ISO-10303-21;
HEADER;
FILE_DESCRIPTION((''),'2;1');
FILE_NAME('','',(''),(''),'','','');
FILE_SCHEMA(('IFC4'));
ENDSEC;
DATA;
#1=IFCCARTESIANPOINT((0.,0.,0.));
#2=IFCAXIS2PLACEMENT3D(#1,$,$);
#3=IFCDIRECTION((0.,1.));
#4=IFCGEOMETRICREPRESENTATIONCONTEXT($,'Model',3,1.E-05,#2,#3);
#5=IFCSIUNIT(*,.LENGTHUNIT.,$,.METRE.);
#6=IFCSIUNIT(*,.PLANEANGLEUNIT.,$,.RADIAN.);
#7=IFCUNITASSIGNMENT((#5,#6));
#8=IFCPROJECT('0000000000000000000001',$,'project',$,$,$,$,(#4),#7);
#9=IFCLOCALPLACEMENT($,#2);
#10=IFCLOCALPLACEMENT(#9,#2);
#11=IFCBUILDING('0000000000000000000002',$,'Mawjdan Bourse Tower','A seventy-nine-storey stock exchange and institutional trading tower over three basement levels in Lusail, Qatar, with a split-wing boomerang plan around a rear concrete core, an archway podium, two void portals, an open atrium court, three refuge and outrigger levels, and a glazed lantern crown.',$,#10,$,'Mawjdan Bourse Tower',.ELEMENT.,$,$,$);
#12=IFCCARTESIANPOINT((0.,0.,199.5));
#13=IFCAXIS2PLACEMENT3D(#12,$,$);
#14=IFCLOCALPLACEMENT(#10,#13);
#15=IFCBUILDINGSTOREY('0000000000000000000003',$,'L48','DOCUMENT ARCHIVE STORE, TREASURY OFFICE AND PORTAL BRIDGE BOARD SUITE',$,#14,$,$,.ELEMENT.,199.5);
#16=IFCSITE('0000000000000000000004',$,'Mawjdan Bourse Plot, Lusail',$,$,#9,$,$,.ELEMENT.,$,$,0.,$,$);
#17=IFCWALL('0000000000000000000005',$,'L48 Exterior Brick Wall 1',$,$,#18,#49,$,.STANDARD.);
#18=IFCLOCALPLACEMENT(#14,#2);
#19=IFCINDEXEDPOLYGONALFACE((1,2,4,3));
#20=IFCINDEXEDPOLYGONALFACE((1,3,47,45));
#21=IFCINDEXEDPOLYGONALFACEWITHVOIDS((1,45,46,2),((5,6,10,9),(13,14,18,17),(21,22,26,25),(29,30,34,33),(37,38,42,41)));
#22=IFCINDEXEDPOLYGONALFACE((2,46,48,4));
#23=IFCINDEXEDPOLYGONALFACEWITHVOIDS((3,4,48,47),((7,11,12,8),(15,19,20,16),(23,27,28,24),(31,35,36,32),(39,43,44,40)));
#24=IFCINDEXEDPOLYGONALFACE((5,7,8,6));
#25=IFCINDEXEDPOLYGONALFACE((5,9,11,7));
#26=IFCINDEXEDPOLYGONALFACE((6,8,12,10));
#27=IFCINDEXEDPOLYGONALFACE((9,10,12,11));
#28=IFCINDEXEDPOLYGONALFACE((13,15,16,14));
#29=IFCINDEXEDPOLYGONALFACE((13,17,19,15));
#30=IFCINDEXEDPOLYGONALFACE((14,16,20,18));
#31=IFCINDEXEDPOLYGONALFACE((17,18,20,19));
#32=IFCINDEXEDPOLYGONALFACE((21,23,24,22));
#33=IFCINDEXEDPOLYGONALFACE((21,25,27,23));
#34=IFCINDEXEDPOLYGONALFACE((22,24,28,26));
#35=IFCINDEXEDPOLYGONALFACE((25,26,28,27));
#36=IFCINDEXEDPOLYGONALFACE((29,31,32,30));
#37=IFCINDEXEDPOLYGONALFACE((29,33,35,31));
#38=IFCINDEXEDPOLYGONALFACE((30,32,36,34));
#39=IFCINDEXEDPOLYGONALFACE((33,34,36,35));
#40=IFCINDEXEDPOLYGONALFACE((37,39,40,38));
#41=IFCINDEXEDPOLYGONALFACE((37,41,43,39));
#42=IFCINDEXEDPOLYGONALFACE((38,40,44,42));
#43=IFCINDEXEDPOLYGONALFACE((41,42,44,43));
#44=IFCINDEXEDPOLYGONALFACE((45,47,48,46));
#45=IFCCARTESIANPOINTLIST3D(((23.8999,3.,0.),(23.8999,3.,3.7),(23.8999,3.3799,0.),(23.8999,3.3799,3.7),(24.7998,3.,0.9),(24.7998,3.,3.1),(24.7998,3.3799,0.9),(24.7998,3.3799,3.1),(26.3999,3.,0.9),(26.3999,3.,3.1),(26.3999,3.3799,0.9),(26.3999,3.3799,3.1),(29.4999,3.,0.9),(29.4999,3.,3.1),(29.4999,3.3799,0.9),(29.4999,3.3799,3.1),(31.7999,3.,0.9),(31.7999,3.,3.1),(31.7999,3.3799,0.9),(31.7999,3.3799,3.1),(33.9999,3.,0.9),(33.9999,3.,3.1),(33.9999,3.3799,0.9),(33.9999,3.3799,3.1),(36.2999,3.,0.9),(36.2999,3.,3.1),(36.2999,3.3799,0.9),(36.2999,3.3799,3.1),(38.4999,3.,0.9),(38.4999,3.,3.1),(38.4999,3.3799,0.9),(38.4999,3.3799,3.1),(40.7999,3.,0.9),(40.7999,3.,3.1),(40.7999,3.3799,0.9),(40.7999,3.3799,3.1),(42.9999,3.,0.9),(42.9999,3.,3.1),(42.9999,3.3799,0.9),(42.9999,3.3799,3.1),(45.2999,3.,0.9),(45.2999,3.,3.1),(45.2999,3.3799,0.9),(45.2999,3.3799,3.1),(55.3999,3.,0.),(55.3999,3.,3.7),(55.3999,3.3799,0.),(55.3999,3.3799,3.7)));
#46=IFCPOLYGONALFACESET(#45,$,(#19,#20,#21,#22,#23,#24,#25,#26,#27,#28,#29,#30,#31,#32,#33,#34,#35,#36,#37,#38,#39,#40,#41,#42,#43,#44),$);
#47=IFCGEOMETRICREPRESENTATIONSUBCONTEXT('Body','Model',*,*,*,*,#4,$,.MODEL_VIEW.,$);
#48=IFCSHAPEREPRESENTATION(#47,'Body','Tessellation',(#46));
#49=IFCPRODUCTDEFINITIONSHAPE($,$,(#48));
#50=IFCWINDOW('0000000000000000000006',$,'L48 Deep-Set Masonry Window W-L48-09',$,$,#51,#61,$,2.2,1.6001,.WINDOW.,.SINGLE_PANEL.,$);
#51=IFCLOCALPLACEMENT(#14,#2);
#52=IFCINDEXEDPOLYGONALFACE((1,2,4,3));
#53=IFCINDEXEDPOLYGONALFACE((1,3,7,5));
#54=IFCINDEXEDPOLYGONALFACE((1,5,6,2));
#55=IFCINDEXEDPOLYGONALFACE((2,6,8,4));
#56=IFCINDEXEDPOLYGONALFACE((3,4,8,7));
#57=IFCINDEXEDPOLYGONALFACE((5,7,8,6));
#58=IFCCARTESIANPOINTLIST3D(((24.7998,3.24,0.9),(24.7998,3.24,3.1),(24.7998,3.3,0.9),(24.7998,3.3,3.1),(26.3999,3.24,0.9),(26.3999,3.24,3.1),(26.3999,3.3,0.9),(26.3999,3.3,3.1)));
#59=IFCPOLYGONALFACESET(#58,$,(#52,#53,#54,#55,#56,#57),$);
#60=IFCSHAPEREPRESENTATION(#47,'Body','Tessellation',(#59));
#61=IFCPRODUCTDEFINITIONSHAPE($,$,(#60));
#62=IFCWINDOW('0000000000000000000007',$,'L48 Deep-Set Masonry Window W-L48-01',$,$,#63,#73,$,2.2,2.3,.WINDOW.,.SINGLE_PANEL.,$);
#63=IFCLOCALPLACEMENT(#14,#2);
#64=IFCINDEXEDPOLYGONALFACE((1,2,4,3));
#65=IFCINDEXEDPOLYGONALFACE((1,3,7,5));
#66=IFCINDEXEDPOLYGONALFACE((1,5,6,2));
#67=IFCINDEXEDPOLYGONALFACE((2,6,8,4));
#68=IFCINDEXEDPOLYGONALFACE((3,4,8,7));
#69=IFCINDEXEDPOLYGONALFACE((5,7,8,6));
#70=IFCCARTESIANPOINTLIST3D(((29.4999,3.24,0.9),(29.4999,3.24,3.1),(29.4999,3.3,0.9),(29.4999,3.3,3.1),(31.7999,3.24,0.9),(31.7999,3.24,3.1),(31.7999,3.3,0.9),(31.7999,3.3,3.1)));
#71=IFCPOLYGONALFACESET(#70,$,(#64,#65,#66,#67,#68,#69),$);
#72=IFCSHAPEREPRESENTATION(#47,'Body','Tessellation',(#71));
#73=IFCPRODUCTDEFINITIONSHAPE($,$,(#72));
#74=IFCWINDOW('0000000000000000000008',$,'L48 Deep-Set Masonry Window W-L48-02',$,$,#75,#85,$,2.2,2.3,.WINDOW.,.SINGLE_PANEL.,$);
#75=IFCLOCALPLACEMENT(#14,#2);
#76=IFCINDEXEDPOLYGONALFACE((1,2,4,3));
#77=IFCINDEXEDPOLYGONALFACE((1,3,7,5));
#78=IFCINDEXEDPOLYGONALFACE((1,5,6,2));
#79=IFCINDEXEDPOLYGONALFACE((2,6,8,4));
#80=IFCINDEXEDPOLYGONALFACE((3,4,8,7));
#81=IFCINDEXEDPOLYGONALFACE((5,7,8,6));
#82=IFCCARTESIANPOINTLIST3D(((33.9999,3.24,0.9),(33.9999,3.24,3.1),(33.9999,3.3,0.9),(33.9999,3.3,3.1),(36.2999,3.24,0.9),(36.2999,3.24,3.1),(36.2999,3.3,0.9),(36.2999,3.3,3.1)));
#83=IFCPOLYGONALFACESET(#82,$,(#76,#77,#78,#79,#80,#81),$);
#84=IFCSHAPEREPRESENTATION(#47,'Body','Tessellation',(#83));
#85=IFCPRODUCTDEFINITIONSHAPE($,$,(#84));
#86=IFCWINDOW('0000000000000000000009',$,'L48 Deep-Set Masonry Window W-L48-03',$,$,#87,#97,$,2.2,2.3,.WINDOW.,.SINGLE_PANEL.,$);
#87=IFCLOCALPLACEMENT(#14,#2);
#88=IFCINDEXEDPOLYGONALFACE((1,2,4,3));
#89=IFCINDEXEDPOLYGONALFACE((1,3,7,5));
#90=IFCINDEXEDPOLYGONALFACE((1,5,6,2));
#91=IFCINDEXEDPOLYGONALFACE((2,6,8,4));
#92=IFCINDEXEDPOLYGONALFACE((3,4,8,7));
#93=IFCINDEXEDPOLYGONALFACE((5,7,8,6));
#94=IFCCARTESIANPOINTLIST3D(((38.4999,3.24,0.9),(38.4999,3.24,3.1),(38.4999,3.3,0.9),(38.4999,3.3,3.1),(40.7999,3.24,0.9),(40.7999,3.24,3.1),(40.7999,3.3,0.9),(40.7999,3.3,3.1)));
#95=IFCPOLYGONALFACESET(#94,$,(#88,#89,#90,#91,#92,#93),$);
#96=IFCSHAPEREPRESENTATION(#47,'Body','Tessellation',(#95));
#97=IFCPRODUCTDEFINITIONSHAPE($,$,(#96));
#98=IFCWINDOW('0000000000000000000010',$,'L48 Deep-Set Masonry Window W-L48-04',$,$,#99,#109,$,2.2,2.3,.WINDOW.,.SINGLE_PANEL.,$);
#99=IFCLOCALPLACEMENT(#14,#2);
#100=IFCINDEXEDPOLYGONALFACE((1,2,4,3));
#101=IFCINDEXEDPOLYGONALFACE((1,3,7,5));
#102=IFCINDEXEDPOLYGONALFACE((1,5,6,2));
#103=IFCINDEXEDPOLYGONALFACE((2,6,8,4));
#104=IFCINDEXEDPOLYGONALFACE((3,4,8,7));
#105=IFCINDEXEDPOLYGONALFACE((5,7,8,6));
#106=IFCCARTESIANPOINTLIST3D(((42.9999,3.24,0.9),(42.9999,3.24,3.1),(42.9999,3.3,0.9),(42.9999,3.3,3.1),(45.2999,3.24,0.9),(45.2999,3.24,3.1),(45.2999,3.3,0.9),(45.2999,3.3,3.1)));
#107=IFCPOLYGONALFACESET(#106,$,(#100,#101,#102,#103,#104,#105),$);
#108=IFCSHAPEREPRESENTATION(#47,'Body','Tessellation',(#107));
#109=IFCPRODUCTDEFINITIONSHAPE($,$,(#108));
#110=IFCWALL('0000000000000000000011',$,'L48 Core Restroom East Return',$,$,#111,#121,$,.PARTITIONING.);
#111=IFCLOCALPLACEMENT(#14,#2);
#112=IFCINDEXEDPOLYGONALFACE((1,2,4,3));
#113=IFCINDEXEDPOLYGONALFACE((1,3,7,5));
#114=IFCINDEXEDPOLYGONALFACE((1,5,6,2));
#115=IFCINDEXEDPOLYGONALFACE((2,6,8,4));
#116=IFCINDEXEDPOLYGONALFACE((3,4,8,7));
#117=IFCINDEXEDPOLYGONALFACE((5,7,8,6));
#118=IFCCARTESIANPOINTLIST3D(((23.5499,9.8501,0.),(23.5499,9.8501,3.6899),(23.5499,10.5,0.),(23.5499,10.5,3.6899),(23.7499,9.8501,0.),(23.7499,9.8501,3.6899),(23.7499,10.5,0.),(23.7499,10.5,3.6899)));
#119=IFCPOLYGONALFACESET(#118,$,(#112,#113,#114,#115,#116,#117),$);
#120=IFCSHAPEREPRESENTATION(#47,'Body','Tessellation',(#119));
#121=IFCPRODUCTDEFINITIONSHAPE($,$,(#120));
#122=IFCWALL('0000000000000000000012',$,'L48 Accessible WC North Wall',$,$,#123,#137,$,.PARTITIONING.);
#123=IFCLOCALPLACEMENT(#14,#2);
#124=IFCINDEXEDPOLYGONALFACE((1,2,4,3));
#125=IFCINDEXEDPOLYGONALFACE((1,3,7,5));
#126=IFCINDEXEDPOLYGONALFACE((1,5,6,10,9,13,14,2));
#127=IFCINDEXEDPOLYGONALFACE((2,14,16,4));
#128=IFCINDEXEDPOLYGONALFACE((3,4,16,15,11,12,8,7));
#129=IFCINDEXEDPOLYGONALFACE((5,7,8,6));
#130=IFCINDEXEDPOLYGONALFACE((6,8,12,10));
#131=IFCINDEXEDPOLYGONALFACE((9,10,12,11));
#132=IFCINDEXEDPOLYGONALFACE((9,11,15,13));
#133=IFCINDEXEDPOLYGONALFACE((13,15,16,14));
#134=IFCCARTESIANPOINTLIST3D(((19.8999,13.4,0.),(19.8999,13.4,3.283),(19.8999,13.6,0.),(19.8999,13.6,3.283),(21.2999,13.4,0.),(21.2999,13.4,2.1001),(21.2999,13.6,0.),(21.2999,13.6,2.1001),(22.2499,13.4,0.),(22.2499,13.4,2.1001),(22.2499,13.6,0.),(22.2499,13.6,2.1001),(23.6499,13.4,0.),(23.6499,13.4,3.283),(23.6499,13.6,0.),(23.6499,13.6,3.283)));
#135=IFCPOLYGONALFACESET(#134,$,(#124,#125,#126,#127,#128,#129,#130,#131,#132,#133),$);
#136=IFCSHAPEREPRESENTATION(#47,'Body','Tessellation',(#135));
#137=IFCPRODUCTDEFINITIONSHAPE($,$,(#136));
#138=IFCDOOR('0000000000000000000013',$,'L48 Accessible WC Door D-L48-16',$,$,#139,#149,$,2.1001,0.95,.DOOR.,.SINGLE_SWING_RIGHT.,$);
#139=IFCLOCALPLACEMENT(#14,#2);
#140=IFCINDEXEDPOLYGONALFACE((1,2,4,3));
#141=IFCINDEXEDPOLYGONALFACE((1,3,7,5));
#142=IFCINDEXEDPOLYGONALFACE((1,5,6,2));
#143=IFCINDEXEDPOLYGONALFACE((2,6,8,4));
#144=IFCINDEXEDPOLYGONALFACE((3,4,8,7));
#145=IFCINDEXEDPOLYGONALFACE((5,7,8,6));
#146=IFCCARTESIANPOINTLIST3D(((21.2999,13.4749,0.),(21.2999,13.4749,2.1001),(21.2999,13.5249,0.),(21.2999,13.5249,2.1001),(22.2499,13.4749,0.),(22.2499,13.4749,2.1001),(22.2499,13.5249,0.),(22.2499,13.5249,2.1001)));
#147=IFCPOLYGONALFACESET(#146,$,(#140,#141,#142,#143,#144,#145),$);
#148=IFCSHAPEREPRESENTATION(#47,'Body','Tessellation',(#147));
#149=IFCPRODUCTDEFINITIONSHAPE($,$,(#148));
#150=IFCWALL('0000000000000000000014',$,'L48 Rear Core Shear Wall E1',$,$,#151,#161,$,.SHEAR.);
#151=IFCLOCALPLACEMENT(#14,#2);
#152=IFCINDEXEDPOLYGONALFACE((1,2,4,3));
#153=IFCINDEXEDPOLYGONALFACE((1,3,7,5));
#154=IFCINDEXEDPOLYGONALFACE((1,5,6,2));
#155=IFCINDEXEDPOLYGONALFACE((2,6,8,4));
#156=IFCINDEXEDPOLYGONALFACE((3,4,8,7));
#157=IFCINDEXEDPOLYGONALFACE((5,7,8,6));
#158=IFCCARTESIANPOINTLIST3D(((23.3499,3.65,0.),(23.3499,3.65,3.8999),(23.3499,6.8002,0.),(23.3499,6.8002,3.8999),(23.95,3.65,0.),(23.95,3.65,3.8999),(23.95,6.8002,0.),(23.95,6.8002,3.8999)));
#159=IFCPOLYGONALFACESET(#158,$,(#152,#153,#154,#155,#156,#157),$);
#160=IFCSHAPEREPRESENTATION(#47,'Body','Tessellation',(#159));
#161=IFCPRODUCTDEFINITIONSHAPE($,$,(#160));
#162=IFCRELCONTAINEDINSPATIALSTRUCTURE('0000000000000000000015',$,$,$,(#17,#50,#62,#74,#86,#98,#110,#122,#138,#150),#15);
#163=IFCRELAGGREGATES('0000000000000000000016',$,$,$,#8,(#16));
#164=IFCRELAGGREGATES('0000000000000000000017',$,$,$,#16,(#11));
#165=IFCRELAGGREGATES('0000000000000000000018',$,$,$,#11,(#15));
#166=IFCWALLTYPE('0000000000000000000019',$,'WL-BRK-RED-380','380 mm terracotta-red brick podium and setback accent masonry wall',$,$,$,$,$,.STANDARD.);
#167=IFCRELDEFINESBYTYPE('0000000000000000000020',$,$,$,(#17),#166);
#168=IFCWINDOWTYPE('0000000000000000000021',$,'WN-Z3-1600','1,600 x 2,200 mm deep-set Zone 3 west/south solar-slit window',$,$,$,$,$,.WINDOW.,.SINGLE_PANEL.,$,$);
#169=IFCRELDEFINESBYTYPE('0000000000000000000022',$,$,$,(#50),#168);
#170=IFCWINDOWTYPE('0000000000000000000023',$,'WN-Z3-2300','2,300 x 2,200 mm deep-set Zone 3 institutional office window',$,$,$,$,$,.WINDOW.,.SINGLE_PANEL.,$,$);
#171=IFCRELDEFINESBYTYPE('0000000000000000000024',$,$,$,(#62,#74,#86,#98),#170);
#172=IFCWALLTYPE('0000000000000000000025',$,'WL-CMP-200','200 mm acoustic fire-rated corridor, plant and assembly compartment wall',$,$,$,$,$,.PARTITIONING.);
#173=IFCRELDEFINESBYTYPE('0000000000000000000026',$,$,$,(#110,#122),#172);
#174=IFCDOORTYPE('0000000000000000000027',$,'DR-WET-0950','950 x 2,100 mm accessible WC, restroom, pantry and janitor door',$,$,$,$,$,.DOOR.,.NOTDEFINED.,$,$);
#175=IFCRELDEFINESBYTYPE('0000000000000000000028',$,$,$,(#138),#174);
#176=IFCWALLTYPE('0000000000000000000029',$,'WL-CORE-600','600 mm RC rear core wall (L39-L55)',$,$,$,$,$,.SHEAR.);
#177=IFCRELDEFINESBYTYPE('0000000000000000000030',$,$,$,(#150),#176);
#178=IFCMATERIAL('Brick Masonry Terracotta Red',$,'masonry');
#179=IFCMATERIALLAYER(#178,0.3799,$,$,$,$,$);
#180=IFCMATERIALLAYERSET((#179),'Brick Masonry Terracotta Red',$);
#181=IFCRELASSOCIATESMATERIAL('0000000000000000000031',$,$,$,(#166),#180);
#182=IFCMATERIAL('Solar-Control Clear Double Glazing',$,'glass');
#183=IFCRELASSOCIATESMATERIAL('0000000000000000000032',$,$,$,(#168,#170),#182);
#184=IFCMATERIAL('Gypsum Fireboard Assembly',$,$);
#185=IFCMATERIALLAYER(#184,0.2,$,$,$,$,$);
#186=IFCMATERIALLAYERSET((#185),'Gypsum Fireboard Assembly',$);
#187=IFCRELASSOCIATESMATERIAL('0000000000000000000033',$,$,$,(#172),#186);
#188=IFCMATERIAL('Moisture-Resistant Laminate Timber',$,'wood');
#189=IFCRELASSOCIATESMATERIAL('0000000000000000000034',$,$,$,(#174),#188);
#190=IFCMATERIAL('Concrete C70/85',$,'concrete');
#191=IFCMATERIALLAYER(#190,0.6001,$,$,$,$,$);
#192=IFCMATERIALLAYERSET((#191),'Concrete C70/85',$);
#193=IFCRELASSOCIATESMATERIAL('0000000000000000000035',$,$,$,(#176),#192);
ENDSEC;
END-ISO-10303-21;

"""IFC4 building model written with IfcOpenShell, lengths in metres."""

from ifc_helpers import new_model, si_unit, direction, frame, frame_2d, origin, place, context, subcontext, project, spatial, rectangle, extrude, material, layer, layer_set, type_object, element, fill, save


model = new_model("IFC4")

# Units and contexts
model_context = context("Model", 3, precision=1e-05, world=origin(), true_north=direction((0.0, 1.0)))
body_context = subcontext(model_context, "Body", "Model", "MODEL_VIEW")
ifc_project = project(units=[si_unit("LENGTHUNIT", "METRE"), si_unit("PLANEANGLEUNIT", "RADIAN")], contexts=[model_context])

# Site, building, storey
site_placement = place(None, origin())
site = spatial("IfcSite", under=ifc_project, at=site_placement, Name="Mawjdan Bourse Plot, Lusail", CompositionType="ELEMENT", RefElevation=0.0)
building_placement = place(site_placement, origin())
building = spatial("IfcBuilding", under=site, at=building_placement, Name="Mawjdan Bourse Tower", Description="A seventy-nine-storey stock exchange and institutional trading tower over three basement levels in Lusail, Qatar, with a split-wing boomerang plan around a rear concrete core, an archway podium, two void portals, an open atrium court, three refuge and outrigger levels, and a glazed lantern crown.", LongName="Mawjdan Bourse Tower", CompositionType="ELEMENT")
storey_placement = place(building_placement, frame((0.0, 0.0, 199.5)))
storey = spatial("IfcBuildingStorey", under=building, at=storey_placement, Name="L48", Description="DOCUMENT ARCHIVE STORE, TREASURY OFFICE AND PORTAL BRIDGE BOARD SUITE", CompositionType="ELEMENT", Elevation=199.5)

# Shared definitions
ifc_material_1 = material(Name="Concrete C70/85", Category="concrete")

# Wall, openings, windows
ifc_material_2 = material(Name="Brick Masonry Terracotta Red", Category="masonry")
ifc_layer_1 = layer(ifc_material_2, 0.3799)
ifc_layer_set_1 = layer_set([ifc_layer_1], Name="Brick Masonry Terracotta Red")
wall_type_1 = type_object("IfcWallType", Name="WL-BRK-RED-380", Description="380 mm terracotta-red brick podium and setback accent masonry wall", PredefinedType="STANDARD", material=ifc_layer_set_1)
wall_1_placement = place(storey_placement, frame((23.8999, 3.1899, 0.0), z_axis=(0.0, 0.0, 1.0), x_axis=(1.0, 0.0, 0.0)))
wall_1 = element("IfcWall", 1, at=wall_1_placement, inside=storey, type_object=wall_type_1, Name="L48 Exterior Brick Wall 1", PredefinedType="STANDARD", context=body_context, shape_type="SweptSolid", body=[
    extrude(rectangle(XDim=31.5, YDim=0.3799, at=frame_2d((15.75, 0.0))), origin(), (0.0, 0.0, 1.0), 3.7),
])
opening_1_placement = place(wall_1_placement, frame((5.6001, 0.0, 0.8999)))
opening_1 = element("IfcOpeningElement", 2, at=opening_1_placement, cuts=wall_1, PredefinedType="OPENING", context=body_context, shape_type="SweptSolid", body=[
    extrude(rectangle(XDim=2.3, YDim=2.2, at=frame_2d((1.1499, 1.1001))), frame((0.0, 0.2, 0.0), z_axis=(0.0, -1.0, 0.0), x_axis=(1.0, 0.0, 0.0)), (0.0, 0.0, 1.0), 0.3999),
])
opening_2_placement = place(wall_1_placement, frame((10.1001, 0.0, 0.8999)))
opening_2 = element("IfcOpeningElement", 3, at=opening_2_placement, cuts=wall_1, PredefinedType="OPENING", context=body_context, shape_type="SweptSolid", body=[
    extrude(rectangle(XDim=2.3, YDim=2.2, at=frame_2d((1.1499, 1.1001))), frame((0.0, 0.2, 0.0), z_axis=(0.0, -1.0, 0.0), x_axis=(1.0, 0.0, 0.0)), (0.0, 0.0, 1.0), 0.3999),
])
opening_3_placement = place(wall_1_placement, frame((14.6001, 0.0, 0.8999)))
opening_3 = element("IfcOpeningElement", 4, at=opening_3_placement, cuts=wall_1, PredefinedType="OPENING", context=body_context, shape_type="SweptSolid", body=[
    extrude(rectangle(XDim=2.3, YDim=2.2, at=frame_2d((1.1499, 1.1001))), frame((0.0, 0.2, 0.0), z_axis=(0.0, -1.0, 0.0), x_axis=(1.0, 0.0, 0.0)), (0.0, 0.0, 1.0), 0.3999),
])
opening_4_placement = place(wall_1_placement, frame((19.1001, 0.0, 0.8999)))
opening_4 = element("IfcOpeningElement", 5, at=opening_4_placement, cuts=wall_1, PredefinedType="OPENING", context=body_context, shape_type="SweptSolid", body=[
    extrude(rectangle(XDim=2.3, YDim=2.2, at=frame_2d((1.1499, 1.1001))), frame((0.0, 0.2, 0.0), z_axis=(0.0, -1.0, 0.0), x_axis=(1.0, 0.0, 0.0)), (0.0, 0.0, 1.0), 0.3999),
])
opening_5_placement = place(wall_1_placement, frame((0.8999, 0.0, 0.8999)))
opening_5 = element("IfcOpeningElement", 6, at=opening_5_placement, cuts=wall_1, PredefinedType="OPENING", context=body_context, shape_type="SweptSolid", body=[
    extrude(rectangle(XDim=1.6001, YDim=2.2, at=frame_2d((0.8, 1.1001))), frame((0.0, 0.2, 0.0), z_axis=(0.0, -1.0, 0.0), x_axis=(1.0, 0.0, 0.0)), (0.0, 0.0, 1.0), 0.3999),
])
ifc_material_3 = material(Name="Solar-Control Clear Double Glazing", Category="glass")
window_type_1 = type_object("IfcWindowType", Name="WN-Z3-1600", Description="1,600 x 2,200 mm deep-set Zone 3 west/south solar-slit window", PartitioningType="SINGLE_PANEL", PredefinedType="WINDOW", material=ifc_material_3)
window_1_placement = place(opening_5_placement, origin())
window_1 = element("IfcWindow", 7, at=window_1_placement, inside=storey, type_object=window_type_1, Name="L48 Deep-Set Masonry Window W-L48-09", OverallHeight=2.2, OverallWidth=1.6001, PartitioningType="SINGLE_PANEL", PredefinedType="WINDOW", context=body_context, shape_type="SweptSolid", body=[
    extrude(rectangle(XDim=1.6001, YDim=2.2, at=frame_2d((0.8, 1.1001))), frame((0.0, 0.1101, 0.0), z_axis=(0.0, -1.0, 0.0), x_axis=(1.0, 0.0, 0.0)), (0.0, 0.0, 1.0), 0.0601),
])
fill(opening_5, window_1)
window_type_2 = type_object("IfcWindowType", Name="WN-Z3-2300", Description="2,300 x 2,200 mm deep-set Zone 3 institutional office window", PartitioningType="SINGLE_PANEL", PredefinedType="WINDOW", material=ifc_material_3)
window_2_placement = place(opening_1_placement, origin())
window_2 = element("IfcWindow", 8, at=window_2_placement, inside=storey, type_object=window_type_2, Name="L48 Deep-Set Masonry Window W-L48-01", OverallHeight=2.2, OverallWidth=2.3, PartitioningType="SINGLE_PANEL", PredefinedType="WINDOW", context=body_context, shape_type="SweptSolid", body=[
    extrude(rectangle(XDim=2.3, YDim=2.2, at=frame_2d((1.1499, 1.1001))), frame((0.0, 0.1101, 0.0), z_axis=(0.0, -1.0, 0.0), x_axis=(1.0, 0.0, 0.0)), (0.0, 0.0, 1.0), 0.0601),
])
fill(opening_1, window_2)
window_3_placement = place(opening_2_placement, origin())
window_3 = element("IfcWindow", 9, at=window_3_placement, inside=storey, type_object=window_type_2, Name="L48 Deep-Set Masonry Window W-L48-02", OverallHeight=2.2, OverallWidth=2.3, PartitioningType="SINGLE_PANEL", PredefinedType="WINDOW", context=body_context, shape_type="SweptSolid", body=[
    extrude(rectangle(XDim=2.3, YDim=2.2, at=frame_2d((1.1499, 1.1001))), frame((0.0, 0.1101, 0.0), z_axis=(0.0, -1.0, 0.0), x_axis=(1.0, 0.0, 0.0)), (0.0, 0.0, 1.0), 0.0601),
])
fill(opening_2, window_3)
window_4_placement = place(opening_3_placement, origin())
window_4 = element("IfcWindow", 10, at=window_4_placement, inside=storey, type_object=window_type_2, Name="L48 Deep-Set Masonry Window W-L48-03", OverallHeight=2.2, OverallWidth=2.3, PartitioningType="SINGLE_PANEL", PredefinedType="WINDOW", context=body_context, shape_type="SweptSolid", body=[
    extrude(rectangle(XDim=2.3, YDim=2.2, at=frame_2d((1.1499, 1.1001))), frame((0.0, 0.1101, 0.0), z_axis=(0.0, -1.0, 0.0), x_axis=(1.0, 0.0, 0.0)), (0.0, 0.0, 1.0), 0.0601),
])
fill(opening_3, window_4)
window_5_placement = place(opening_4_placement, origin())
window_5 = element("IfcWindow", 11, at=window_5_placement, inside=storey, type_object=window_type_2, Name="L48 Deep-Set Masonry Window W-L48-04", OverallHeight=2.2, OverallWidth=2.3, PartitioningType="SINGLE_PANEL", PredefinedType="WINDOW", context=body_context, shape_type="SweptSolid", body=[
    extrude(rectangle(XDim=2.3, YDim=2.2, at=frame_2d((1.1499, 1.1001))), frame((0.0, 0.1101, 0.0), z_axis=(0.0, -1.0, 0.0), x_axis=(1.0, 0.0, 0.0)), (0.0, 0.0, 1.0), 0.0601),
])
fill(opening_4, window_5)

# Wall
ifc_material_4 = material(Name="Gypsum Fireboard Assembly")
ifc_layer_2 = layer(ifc_material_4, 0.2)
ifc_layer_set_2 = layer_set([ifc_layer_2], Name="Gypsum Fireboard Assembly")
wall_type_2 = type_object("IfcWallType", Name="WL-CMP-200", Description="200 mm acoustic fire-rated corridor, plant and assembly compartment wall", PredefinedType="PARTITIONING", material=ifc_layer_set_2)
wall_2_placement = place(storey_placement, frame((23.6499, 9.8501, 0.0), z_axis=(0.0, 0.0, 1.0), x_axis=(0.0, 1.0, 0.0)))
element("IfcWall", 12, at=wall_2_placement, inside=storey, type_object=wall_type_2, Name="L48 Core Restroom East Return", PredefinedType="PARTITIONING", context=body_context, shape_type="SweptSolid", body=[
    extrude(rectangle(XDim=0.6499, YDim=0.2, at=frame_2d((0.325, 0.0))), origin(), (0.0, 0.0, 1.0), 3.6899),
])

# Wall, opening, door
wall_3_placement = place(storey_placement, frame((19.8999, 13.5, 0.0), z_axis=(0.0, 0.0, 1.0), x_axis=(1.0, 0.0, 0.0)))
wall_3 = element("IfcWall", 13, at=wall_3_placement, inside=storey, type_object=wall_type_2, Name="L48 Accessible WC North Wall", PredefinedType="PARTITIONING", context=body_context, shape_type="SweptSolid", body=[
    extrude(rectangle(XDim=3.75, YDim=0.2, at=frame_2d((1.875, 0.0))), origin(), (0.0, 0.0, 1.0), 3.283),
])
opening_6_placement = place(wall_3_placement, frame((1.3999, 0.0, 0.0)))
opening_6 = element("IfcOpeningElement", 14, at=opening_6_placement, cuts=wall_3, PredefinedType="OPENING", context=body_context, shape_type="SweptSolid", body=[
    extrude(rectangle(XDim=0.95, YDim=2.1001, at=frame_2d((0.4751, 1.05))), frame((0.0, 0.1099, 0.0), z_axis=(0.0, -1.0, 0.0), x_axis=(1.0, 0.0, 0.0)), (0.0, 0.0, 1.0), 0.22),
])
ifc_material_5 = material(Name="Moisture-Resistant Laminate Timber", Category="wood")
door_type_1 = type_object("IfcDoorType", Name="DR-WET-0950", Description="950 x 2,100 mm accessible WC, restroom, pantry and janitor door", OperationType="NOTDEFINED", PredefinedType="DOOR", material=ifc_material_5)
door_1_placement = place(opening_6_placement, origin())
door_1 = element("IfcDoor", 15, at=door_1_placement, inside=storey, type_object=door_type_1, Name="L48 Accessible WC Door D-L48-16", OperationType="SINGLE_SWING_RIGHT", OverallHeight=2.1001, OverallWidth=0.95, PredefinedType="DOOR", context=body_context, shape_type="SweptSolid", body=[
    extrude(rectangle(XDim=0.95, YDim=2.1001, at=frame_2d((0.4751, 1.05))), frame((0.0, 0.0249, 0.0), z_axis=(0.0, -1.0, 0.0), x_axis=(1.0, 0.0, 0.0)), (0.0, 0.0, 1.0), 0.05),
])
fill(opening_6, door_1)

# Wall
ifc_layer_3 = layer(ifc_material_1, 0.6001)
ifc_layer_set_3 = layer_set([ifc_layer_3], Name="Concrete C70/85")
wall_type_3 = type_object("IfcWallType", Name="WL-CORE-600", Description="600 mm RC rear core wall (L39-L55)", PredefinedType="SHEAR", material=ifc_layer_set_3)
wall_4_placement = place(storey_placement, frame((23.6499, 3.6499, 0.0), z_axis=(0.0, 0.0, 1.0), x_axis=(0.0, 1.0, 0.0)))
element("IfcWall", 16, at=wall_4_placement, inside=storey, type_object=wall_type_3, Name="L48 Rear Core Shear Wall E1", PredefinedType="SHEAR", context=body_context, shape_type="SweptSolid", body=[
    extrude(rectangle(XDim=3.1501, YDim=0.6001, at=frame_2d((1.5752, 0.0))), origin(), (0.0, 0.0, 1.0), 3.8999),
])

save(model, "model.ifc")
